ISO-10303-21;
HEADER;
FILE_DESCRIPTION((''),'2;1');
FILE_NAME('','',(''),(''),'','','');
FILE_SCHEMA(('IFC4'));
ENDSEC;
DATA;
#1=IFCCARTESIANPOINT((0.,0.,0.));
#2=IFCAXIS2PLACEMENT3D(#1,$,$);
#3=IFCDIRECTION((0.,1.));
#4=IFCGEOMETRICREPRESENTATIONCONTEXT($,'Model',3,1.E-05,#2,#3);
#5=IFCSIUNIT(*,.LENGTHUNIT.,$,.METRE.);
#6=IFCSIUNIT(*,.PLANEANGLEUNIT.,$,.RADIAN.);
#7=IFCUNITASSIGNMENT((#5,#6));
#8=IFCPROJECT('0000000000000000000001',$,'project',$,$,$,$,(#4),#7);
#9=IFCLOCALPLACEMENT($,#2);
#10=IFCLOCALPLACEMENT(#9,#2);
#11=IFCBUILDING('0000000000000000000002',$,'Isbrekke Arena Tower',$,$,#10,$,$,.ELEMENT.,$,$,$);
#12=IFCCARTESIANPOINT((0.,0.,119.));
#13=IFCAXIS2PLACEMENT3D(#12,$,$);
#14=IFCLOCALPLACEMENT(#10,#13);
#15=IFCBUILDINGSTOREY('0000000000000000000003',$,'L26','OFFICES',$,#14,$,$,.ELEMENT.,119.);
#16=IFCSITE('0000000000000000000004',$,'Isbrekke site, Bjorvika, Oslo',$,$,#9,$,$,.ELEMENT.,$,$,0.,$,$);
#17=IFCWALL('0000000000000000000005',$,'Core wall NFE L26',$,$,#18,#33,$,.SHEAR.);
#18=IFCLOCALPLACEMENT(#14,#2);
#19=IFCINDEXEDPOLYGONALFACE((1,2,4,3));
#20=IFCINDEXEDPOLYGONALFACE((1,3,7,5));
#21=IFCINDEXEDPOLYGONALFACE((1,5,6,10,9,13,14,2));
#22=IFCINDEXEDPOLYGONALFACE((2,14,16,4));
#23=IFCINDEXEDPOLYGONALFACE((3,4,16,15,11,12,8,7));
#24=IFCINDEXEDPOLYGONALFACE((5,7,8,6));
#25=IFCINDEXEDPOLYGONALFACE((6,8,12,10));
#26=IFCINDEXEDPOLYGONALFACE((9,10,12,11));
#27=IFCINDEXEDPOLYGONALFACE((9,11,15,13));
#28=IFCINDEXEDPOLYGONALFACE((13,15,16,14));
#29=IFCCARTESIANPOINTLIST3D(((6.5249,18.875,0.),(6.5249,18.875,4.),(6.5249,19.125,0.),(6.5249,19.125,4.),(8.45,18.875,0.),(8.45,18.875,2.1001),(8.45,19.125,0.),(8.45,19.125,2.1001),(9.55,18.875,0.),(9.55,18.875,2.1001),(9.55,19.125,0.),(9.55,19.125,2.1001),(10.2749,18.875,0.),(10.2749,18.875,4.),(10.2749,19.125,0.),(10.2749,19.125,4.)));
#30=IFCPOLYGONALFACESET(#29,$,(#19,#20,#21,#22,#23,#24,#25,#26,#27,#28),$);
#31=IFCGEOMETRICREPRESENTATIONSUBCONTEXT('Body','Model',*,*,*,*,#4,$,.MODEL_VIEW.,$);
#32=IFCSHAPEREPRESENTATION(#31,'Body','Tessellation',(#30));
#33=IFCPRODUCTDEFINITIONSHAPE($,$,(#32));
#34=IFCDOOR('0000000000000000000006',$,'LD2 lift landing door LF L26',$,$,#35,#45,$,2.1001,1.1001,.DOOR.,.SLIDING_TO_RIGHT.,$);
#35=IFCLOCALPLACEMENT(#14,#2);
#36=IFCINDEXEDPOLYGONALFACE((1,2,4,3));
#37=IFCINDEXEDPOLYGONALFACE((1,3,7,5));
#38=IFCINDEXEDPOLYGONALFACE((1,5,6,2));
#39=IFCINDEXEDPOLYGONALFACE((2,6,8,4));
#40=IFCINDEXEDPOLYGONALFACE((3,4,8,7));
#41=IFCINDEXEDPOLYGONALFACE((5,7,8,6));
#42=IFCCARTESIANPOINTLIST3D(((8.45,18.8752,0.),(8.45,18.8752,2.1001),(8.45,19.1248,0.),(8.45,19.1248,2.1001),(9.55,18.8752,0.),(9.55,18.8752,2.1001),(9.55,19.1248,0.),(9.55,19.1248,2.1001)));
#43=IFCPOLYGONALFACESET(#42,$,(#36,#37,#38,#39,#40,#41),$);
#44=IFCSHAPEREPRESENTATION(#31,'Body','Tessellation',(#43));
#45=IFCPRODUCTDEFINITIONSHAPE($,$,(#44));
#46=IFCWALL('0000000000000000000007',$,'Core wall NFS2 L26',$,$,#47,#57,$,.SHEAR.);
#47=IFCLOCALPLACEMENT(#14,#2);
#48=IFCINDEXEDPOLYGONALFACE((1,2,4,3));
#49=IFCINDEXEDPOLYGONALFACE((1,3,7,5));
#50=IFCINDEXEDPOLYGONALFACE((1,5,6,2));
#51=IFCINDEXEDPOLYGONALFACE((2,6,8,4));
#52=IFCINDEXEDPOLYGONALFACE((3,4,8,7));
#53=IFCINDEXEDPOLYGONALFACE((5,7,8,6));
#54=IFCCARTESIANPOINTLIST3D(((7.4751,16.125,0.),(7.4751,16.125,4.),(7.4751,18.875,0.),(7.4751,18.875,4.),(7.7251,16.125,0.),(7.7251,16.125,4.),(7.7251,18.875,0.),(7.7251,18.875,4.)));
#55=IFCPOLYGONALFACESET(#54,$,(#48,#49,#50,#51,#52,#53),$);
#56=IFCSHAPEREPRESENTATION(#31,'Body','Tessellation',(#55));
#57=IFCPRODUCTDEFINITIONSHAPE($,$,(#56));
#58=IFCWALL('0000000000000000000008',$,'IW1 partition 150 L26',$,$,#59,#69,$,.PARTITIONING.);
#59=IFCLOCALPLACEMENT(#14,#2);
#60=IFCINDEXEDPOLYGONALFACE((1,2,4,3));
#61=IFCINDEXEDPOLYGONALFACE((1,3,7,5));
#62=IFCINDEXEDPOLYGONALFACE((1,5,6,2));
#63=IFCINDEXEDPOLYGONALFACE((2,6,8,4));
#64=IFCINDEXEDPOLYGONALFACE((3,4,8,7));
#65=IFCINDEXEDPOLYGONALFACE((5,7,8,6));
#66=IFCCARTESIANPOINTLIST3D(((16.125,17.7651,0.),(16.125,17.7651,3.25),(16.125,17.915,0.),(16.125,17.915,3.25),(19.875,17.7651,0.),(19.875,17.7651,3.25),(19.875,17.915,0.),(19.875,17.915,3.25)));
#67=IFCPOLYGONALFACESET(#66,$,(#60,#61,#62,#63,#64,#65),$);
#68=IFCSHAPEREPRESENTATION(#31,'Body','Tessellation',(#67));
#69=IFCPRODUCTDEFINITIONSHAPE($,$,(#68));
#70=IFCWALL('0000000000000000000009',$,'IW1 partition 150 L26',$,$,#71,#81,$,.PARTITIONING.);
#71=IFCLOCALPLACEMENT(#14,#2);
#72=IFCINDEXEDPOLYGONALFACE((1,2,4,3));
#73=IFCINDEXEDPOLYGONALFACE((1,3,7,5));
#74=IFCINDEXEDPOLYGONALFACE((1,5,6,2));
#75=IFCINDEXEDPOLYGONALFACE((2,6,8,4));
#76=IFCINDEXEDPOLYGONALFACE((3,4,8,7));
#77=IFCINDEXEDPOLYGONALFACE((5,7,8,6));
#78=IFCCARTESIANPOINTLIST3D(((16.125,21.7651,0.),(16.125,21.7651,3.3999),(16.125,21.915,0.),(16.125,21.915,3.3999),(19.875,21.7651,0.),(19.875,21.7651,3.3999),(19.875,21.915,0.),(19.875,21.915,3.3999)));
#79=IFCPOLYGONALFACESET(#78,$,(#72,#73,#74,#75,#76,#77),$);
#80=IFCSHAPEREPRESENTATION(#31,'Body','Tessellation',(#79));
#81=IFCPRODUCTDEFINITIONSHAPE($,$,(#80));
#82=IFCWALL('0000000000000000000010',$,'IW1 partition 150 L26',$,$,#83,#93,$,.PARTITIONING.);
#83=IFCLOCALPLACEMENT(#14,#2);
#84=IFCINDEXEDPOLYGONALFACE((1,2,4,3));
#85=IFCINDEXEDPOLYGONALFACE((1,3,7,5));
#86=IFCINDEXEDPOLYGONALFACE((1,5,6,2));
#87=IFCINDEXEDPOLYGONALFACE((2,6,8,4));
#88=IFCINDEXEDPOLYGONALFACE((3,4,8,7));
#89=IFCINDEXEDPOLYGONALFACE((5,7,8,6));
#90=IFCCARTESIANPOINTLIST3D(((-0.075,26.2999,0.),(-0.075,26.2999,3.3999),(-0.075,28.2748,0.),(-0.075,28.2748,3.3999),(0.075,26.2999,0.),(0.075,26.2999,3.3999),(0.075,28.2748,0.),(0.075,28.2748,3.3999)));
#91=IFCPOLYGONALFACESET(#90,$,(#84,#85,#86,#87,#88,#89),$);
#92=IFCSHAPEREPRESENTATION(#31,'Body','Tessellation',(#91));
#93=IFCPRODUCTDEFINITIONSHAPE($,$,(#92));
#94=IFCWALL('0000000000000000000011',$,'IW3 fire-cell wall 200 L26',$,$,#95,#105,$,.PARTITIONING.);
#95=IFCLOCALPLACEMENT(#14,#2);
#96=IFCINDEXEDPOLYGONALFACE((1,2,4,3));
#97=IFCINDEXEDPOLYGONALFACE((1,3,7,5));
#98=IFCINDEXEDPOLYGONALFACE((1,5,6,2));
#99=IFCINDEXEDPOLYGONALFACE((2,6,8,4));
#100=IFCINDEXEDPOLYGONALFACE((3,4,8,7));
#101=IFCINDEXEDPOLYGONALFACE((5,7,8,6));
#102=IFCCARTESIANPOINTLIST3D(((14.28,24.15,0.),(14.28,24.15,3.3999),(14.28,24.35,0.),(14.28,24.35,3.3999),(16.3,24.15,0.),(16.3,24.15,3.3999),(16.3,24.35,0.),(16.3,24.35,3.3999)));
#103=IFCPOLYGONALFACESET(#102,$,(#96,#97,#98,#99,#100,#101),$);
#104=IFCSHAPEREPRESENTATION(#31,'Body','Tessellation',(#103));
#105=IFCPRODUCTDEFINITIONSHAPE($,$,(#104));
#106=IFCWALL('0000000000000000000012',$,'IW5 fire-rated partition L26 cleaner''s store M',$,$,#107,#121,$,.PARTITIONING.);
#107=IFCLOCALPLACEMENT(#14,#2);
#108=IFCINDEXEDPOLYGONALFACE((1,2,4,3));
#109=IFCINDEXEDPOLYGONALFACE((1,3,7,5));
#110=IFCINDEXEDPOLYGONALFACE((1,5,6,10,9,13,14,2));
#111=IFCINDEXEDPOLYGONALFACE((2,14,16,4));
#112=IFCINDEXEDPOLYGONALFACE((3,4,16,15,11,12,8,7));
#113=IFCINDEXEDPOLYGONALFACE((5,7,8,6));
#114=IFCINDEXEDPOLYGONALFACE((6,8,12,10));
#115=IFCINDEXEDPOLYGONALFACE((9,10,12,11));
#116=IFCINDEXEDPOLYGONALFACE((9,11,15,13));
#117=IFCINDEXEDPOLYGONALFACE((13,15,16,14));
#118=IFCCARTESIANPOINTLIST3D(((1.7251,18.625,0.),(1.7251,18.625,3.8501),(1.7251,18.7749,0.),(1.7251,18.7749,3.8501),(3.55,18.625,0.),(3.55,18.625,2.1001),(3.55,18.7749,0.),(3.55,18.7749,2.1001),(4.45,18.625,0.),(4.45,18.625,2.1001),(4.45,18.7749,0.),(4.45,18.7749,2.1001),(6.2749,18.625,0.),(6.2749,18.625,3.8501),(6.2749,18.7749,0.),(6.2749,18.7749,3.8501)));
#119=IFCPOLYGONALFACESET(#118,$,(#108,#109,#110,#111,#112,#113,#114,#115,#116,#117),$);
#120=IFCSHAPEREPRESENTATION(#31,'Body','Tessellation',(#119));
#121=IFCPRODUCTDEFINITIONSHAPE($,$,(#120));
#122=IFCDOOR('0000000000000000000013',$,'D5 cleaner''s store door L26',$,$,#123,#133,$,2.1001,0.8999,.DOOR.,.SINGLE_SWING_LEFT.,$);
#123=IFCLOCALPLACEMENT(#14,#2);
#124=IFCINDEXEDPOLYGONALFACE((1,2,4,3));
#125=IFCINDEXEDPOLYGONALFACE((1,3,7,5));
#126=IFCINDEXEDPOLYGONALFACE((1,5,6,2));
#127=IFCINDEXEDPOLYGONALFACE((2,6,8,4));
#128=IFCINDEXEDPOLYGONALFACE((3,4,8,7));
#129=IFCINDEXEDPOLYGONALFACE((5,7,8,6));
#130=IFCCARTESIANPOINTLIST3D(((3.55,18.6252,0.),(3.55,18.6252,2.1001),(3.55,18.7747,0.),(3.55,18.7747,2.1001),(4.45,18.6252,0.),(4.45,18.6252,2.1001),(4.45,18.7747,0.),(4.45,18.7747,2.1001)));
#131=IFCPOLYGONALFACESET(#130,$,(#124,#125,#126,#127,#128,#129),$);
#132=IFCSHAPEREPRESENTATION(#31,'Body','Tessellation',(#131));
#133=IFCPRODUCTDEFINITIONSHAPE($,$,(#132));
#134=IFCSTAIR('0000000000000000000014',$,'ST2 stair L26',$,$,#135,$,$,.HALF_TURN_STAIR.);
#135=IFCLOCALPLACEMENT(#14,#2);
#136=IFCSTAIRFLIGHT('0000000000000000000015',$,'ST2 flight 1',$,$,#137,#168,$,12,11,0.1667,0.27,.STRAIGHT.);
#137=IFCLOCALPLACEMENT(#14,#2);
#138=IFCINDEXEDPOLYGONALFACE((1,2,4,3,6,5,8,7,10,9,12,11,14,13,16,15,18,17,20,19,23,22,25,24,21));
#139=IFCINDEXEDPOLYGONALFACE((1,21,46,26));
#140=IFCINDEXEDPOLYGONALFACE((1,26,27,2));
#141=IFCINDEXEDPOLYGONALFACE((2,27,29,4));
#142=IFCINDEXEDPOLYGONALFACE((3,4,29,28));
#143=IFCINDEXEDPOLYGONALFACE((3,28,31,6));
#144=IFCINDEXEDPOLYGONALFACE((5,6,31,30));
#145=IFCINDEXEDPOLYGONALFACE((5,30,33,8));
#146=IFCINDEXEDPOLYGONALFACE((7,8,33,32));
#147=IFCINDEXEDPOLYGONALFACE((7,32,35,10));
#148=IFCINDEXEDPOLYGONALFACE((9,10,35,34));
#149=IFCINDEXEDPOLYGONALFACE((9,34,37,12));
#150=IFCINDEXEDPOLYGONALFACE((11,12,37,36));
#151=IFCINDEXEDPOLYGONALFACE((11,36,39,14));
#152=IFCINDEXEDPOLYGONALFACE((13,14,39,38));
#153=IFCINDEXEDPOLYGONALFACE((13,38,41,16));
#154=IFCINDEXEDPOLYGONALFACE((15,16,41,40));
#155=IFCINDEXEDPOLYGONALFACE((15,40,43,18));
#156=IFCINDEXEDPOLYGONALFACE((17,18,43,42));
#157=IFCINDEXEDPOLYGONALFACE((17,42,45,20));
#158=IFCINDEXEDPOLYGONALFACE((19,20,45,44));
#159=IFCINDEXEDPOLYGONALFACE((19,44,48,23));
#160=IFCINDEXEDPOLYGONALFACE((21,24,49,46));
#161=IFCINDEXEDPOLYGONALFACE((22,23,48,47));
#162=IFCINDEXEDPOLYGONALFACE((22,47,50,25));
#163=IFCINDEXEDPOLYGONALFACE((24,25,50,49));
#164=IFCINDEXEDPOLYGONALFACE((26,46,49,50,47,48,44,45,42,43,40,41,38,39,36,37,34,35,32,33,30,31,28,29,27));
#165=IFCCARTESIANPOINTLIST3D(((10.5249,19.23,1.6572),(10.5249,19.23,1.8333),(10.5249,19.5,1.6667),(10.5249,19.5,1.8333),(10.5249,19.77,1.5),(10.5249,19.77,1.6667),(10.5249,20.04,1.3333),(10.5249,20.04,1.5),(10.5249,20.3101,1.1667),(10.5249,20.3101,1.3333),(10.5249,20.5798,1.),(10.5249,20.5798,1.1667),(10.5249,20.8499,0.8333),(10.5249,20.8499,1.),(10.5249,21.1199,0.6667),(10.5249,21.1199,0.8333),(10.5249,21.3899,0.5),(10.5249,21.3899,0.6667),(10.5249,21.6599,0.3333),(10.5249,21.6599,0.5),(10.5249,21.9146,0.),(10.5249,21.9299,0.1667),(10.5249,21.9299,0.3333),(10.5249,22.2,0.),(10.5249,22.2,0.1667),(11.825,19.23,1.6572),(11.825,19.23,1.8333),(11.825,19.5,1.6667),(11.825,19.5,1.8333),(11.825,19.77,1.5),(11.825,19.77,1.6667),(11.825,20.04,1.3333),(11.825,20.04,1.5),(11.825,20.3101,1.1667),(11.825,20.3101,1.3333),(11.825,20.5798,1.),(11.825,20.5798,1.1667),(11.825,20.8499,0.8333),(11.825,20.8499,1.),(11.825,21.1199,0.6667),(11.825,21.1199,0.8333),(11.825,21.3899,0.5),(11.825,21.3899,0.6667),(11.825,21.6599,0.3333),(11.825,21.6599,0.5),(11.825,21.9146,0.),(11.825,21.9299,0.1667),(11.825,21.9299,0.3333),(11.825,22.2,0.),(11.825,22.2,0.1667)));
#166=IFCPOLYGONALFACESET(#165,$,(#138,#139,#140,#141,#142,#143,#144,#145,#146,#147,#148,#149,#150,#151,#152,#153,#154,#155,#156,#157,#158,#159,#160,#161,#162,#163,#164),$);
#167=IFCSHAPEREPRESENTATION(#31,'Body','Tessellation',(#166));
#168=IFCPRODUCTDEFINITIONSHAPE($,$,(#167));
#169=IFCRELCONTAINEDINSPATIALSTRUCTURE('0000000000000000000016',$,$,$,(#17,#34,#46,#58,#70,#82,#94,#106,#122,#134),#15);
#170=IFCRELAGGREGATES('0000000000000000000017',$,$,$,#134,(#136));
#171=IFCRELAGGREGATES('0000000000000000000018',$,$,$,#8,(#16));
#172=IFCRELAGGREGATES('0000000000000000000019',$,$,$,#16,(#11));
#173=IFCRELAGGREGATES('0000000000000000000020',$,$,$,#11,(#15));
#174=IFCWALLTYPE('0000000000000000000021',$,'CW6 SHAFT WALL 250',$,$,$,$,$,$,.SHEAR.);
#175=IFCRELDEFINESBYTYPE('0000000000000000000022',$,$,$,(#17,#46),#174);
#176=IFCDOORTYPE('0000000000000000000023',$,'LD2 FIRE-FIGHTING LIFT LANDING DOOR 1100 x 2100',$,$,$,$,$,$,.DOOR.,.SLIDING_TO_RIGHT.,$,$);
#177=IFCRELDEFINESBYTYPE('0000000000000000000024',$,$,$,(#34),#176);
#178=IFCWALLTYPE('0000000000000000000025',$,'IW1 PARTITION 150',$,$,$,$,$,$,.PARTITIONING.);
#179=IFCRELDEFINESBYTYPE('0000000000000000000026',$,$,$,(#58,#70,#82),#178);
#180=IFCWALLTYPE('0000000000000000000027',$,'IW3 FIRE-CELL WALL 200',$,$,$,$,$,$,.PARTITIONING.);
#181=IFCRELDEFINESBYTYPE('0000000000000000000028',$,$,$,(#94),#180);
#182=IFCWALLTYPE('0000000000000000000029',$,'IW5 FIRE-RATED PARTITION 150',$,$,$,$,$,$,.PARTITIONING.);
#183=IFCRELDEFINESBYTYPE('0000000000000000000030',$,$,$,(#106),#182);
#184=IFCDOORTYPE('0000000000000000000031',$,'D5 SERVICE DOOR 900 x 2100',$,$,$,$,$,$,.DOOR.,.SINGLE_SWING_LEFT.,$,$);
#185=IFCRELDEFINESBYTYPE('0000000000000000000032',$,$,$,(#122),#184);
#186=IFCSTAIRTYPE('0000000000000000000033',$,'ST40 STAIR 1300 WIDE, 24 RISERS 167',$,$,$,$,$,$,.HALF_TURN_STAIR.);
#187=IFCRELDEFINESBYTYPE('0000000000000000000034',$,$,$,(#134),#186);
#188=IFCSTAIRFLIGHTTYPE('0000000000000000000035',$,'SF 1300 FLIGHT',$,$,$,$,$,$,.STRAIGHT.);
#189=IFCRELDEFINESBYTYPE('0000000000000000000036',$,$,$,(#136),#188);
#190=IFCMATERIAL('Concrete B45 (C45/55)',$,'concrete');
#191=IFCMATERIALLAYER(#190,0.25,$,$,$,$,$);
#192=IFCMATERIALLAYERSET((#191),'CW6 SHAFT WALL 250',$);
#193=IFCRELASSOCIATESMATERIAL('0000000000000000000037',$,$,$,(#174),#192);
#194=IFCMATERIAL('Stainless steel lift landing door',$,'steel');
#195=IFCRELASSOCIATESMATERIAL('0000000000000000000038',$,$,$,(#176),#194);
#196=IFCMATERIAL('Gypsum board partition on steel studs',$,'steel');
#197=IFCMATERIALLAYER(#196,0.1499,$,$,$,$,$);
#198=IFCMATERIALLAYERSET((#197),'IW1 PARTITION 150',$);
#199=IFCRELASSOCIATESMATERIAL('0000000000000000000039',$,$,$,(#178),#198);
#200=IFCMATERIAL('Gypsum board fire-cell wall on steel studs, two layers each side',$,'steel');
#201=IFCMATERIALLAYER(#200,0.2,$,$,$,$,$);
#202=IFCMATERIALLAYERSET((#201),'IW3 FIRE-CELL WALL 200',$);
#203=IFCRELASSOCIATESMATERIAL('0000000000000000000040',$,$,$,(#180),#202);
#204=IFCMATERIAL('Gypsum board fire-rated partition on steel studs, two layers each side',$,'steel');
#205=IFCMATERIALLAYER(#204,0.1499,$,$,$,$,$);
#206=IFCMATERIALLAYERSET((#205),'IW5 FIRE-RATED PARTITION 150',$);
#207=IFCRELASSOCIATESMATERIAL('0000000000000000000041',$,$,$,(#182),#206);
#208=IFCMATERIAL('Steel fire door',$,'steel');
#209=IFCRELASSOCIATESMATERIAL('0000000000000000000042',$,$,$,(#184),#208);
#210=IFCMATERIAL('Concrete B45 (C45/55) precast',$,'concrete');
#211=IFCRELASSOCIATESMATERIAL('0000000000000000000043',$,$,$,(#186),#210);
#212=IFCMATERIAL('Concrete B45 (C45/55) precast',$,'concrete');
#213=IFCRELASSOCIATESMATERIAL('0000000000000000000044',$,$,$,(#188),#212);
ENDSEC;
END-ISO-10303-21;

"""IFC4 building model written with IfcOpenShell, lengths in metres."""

from ifc_helpers import new_model, si_unit, direction, frame, frame_2d, origin, place, context, subcontext, project, spatial, polyline, rectangle, outline, extrude, material, layer, layer_set, type_object, element, fill, aggregate, save


model = new_model("IFC4")

# Units and contexts
model_context = context("Model", 3, precision=1e-05, world=origin(), true_north=direction((0.0, 1.0)))
body_context = subcontext(model_context, "Body", "Model", "MODEL_VIEW")
ifc_project = project(units=[si_unit("LENGTHUNIT", "METRE"), si_unit("PLANEANGLEUNIT", "RADIAN")], contexts=[model_context])

# Site, building, storey
site_placement = place(None, origin())
site = spatial("IfcSite", under=ifc_project, at=site_placement, Name="Isbrekke site, Bjorvika, Oslo", CompositionType="ELEMENT", RefElevation=0.0)
building_placement = place(site_placement, origin())
building = spatial("IfcBuilding", under=site, at=building_placement, Name="Isbrekke Arena Tower", CompositionType="ELEMENT")
storey_placement = place(building_placement, frame((0.0, 0.0, 119.0)))
storey = spatial("IfcBuildingStorey", under=building, at=storey_placement, Name="L26", Description="OFFICES", CompositionType="ELEMENT", Elevation=119.0)

# Shared definitions
ifc_material_1 = material(Name="Concrete B45 (C45/55)", Category="concrete")
ifc_layer_1 = layer(ifc_material_1, 0.25)
ifc_layer_set_1 = layer_set([ifc_layer_1], Name="CW6 SHAFT WALL 250")
wall_type_1 = type_object("IfcWallType", Name="CW6 SHAFT WALL 250", PredefinedType="SHEAR", material=ifc_layer_set_1)

# Wall, opening, door
wall_1_placement = place(storey_placement, frame((6.5249, 19.0, 0.0), z_axis=(0.0, 0.0, 1.0), x_axis=(1.0, 0.0, 0.0)))
wall_1 = element("IfcWall", 1, at=wall_1_placement, inside=storey, type_object=wall_type_1, Name="Core wall NFE L26", PredefinedType="SHEAR", context=body_context, shape_type="SweptSolid", body=[
    extrude(rectangle(XDim=3.75, YDim=0.25, at=frame_2d((1.875, 0.0))), origin(), (0.0, 0.0, 1.0), 4.0),
])
opening_1_placement = place(wall_1_placement, frame((1.925, 0.0, 0.0)))
opening_1 = element("IfcOpeningElement", 2, at=opening_1_placement, cuts=wall_1, PredefinedType="OPENING", context=body_context, shape_type="SweptSolid", body=[
    extrude(rectangle(XDim=1.1001, YDim=2.1001, at=frame_2d((0.55, 1.05))), frame((0.0, 0.1399, 0.0), z_axis=(0.0, -1.0, 0.0), x_axis=(1.0, 0.0, 0.0)), (0.0, 0.0, 1.0), 0.2798),
])
ifc_material_2 = material(Name="Stainless steel lift landing door", Category="steel")
door_type_1 = type_object("IfcDoorType", Name="LD2 FIRE-FIGHTING LIFT LANDING DOOR 1100 x 2100", OperationType="SLIDING_TO_RIGHT", PredefinedType="DOOR", material=ifc_material_2)
door_1_placement = place(opening_1_placement, origin())
door_1 = element("IfcDoor", 3, at=door_1_placement, inside=storey, type_object=door_type_1, Name="LD2 lift landing door LF L26", OperationType="SLIDING_TO_RIGHT", OverallHeight=2.1001, OverallWidth=1.1001, PredefinedType="DOOR", context=body_context, shape_type="SweptSolid", body=[
    extrude(rectangle(XDim=1.1001, YDim=2.1001, at=frame_2d((0.55, 1.05))), frame((0.0, 0.1248, 0.0), z_axis=(0.0, -1.0, 0.0), x_axis=(1.0, 0.0, 0.0)), (0.0, 0.0, 1.0), 0.2495),
])
fill(opening_1, door_1)

# Walls
wall_2_placement = place(storey_placement, frame((7.6001, 16.125, 0.0), z_axis=(0.0, 0.0, 1.0), x_axis=(0.0, 1.0, 0.0)))
element("IfcWall", 4, at=wall_2_placement, inside=storey, type_object=wall_type_1, Name="Core wall NFS2 L26", PredefinedType="SHEAR", context=body_context, shape_type="SweptSolid", body=[
    extrude(rectangle(XDim=2.75, YDim=0.25, at=frame_2d((1.375, 0.0))), origin(), (0.0, 0.0, 1.0), 4.0),
])
ifc_material_3 = material(Name="Gypsum board partition on steel studs", Category="steel")
ifc_layer_2 = layer(ifc_material_3, 0.1499)
ifc_layer_set_2 = layer_set([ifc_layer_2], Name="IW1 PARTITION 150")
wall_type_2 = type_object("IfcWallType", Name="IW1 PARTITION 150", PredefinedType="PARTITIONING", material=ifc_layer_set_2)
wall_3_placement = place(storey_placement, frame((16.125, 17.8401, 0.0), z_axis=(0.0, 0.0, 1.0), x_axis=(1.0, 0.0, 0.0)))
element("IfcWall", 5, at=wall_3_placement, inside=storey, type_object=wall_type_2, Name="IW1 partition 150 L26", PredefinedType="PARTITIONING", context=body_context, shape_type="SweptSolid", body=[
    extrude(rectangle(XDim=3.75, YDim=0.1499, at=frame_2d((1.875, 0.0))), origin(), (0.0, 0.0, 1.0), 3.25),
])
wall_4_placement = place(storey_placement, frame((16.125, 21.8401, 0.0), z_axis=(0.0, 0.0, 1.0), x_axis=(1.0, 0.0, 0.0)))
element("IfcWall", 6, at=wall_4_placement, inside=storey, type_object=wall_type_2, Name="IW1 partition 150 L26", PredefinedType="PARTITIONING", context=body_context, shape_type="SweptSolid", body=[
    extrude(rectangle(XDim=3.75, YDim=0.1499, at=frame_2d((1.875, 0.0))), origin(), (0.0, 0.0, 1.0), 3.3999),
])
wall_5_placement = place(storey_placement, frame((0.0, 26.3, 0.0), z_axis=(0.0, 0.0, 1.0), x_axis=(0.0, 1.0, 0.0)))
element("IfcWall", 7, at=wall_5_placement, inside=storey, type_object=wall_type_2, Name="IW1 partition 150 L26", PredefinedType="PARTITIONING", context=body_context, shape_type="SweptSolid", body=[
    extrude(rectangle(XDim=1.9749, YDim=0.1499, at=frame_2d((0.9873, 0.0))), origin(), (0.0, 0.0, 1.0), 3.3999),
])
ifc_material_4 = material(Name="Gypsum board fire-cell wall on steel studs, two layers each side", Category="steel")
ifc_layer_3 = layer(ifc_material_4, 0.2)
ifc_layer_set_3 = layer_set([ifc_layer_3], Name="IW3 FIRE-CELL WALL 200")
wall_type_3 = type_object("IfcWallType", Name="IW3 FIRE-CELL WALL 200", PredefinedType="PARTITIONING", material=ifc_layer_set_3)
wall_6_placement = place(storey_placement, frame((14.28, 24.25, 0.0), z_axis=(0.0, 0.0, 1.0), x_axis=(1.0, 0.0, 0.0)))
element("IfcWall", 8, at=wall_6_placement, inside=storey, type_object=wall_type_3, Name="IW3 fire-cell wall 200 L26", PredefinedType="PARTITIONING", context=body_context, shape_type="SweptSolid", body=[
    extrude(rectangle(XDim=2.02, YDim=0.2, at=frame_2d((1.01, 0.0))), origin(), (0.0, 0.0, 1.0), 3.3999),
])

# Wall, opening, door
ifc_material_5 = material(Name="Gypsum board fire-rated partition on steel studs, two layers each side", Category="steel")
ifc_layer_4 = layer(ifc_material_5, 0.1499)
ifc_layer_set_4 = layer_set([ifc_layer_4], Name="IW5 FIRE-RATED PARTITION 150")
wall_type_4 = type_object("IfcWallType", Name="IW5 FIRE-RATED PARTITION 150", PredefinedType="PARTITIONING", material=ifc_layer_set_4)
wall_7_placement = place(storey_placement, frame((1.7251, 18.7, 0.0), z_axis=(0.0, 0.0, 1.0), x_axis=(1.0, 0.0, 0.0)))
wall_7 = element("IfcWall", 9, at=wall_7_placement, inside=storey, type_object=wall_type_4, Name="IW5 fire-rated partition L26 cleaner's store M", PredefinedType="PARTITIONING", context=body_context, shape_type="SweptSolid", body=[
    extrude(rectangle(XDim=4.5498, YDim=0.1499, at=frame_2d((2.2749, 0.0))), origin(), (0.0, 0.0, 1.0), 3.8501),
])
opening_2_placement = place(wall_7_placement, frame((1.825, 0.0, 0.0)))
opening_2 = element("IfcOpeningElement", 10, at=opening_2_placement, cuts=wall_7, PredefinedType="OPENING", context=body_context, shape_type="SweptSolid", body=[
    extrude(rectangle(XDim=0.8999, YDim=2.1001, at=frame_2d((0.45, 1.05))), frame((0.0, 0.0898, 0.0), z_axis=(0.0, -1.0, 0.0), x_axis=(1.0, 0.0, 0.0)), (0.0, 0.0, 1.0), 0.1797),
])
ifc_material_6 = material(Name="Steel fire door", Category="steel")
door_type_2 = type_object("IfcDoorType", Name="D5 SERVICE DOOR 900 x 2100", OperationType="SINGLE_SWING_LEFT", PredefinedType="DOOR", material=ifc_material_6)
door_2_placement = place(opening_2_placement, origin())
door_2 = element("IfcDoor", 11, at=door_2_placement, inside=storey, type_object=door_type_2, Name="D5 cleaner's store door L26", OperationType="SINGLE_SWING_LEFT", OverallHeight=2.1001, OverallWidth=0.8999, PredefinedType="DOOR", context=body_context, shape_type="SweptSolid", body=[
    extrude(rectangle(XDim=0.8999, YDim=2.1001, at=frame_2d((0.45, 1.05))), frame((0.0, 0.0747, 0.0), z_axis=(0.0, -1.0, 0.0), x_axis=(1.0, 0.0, 0.0)), (0.0, 0.0, 1.0), 0.1494),
])
fill(opening_2, door_2)

# Stair, stair flight
ifc_material_7 = material(Name="Concrete B45 (C45/55) precast", Category="concrete")
stair_type = type_object("IfcStairType", Name="ST40 STAIR 1300 WIDE, 24 RISERS 167", PredefinedType="HALF_TURN_STAIR", material=ifc_material_7)
stair_placement = place(storey_placement, origin())
stair = element("IfcStair", 12, at=stair_placement, inside=storey, type_object=stair_type, Name="ST2 stair L26", PredefinedType="HALF_TURN_STAIR")
ifc_material_8 = material(Name="Concrete B45 (C45/55) precast", Category="concrete")
stair_flight_type = type_object("IfcStairFlightType", Name="SF 1300 FLIGHT", PredefinedType="STRAIGHT", material=ifc_material_8)
stair_flight_1_placement = place(storey_placement, frame((11.175, 22.2, 0.0), z_axis=(0.0, 0.0, 1.0), x_axis=(0.0, -1.0, 0.0)))
stair_flight_1 = element("IfcStairFlight", 13, at=stair_flight_1_placement, type_object=stair_flight_type, Name="ST2 flight 1", NumberOfRisers=12, NumberOfTreads=11, PredefinedType="STRAIGHT", RiserHeight=0.1667, TreadLength=0.27, context=body_context, shape_type="SweptSolid", body=[
    extrude(outline(polyline([(0.0, 0.0), (0.0, 0.1667), (0.27, 0.1667), (0.27, 0.3333), (0.54, 0.3333), (0.54, 0.5), (0.8101, 0.5), (0.8101, 0.6667), (1.0801, 0.6667), (1.0801, 0.8333), (1.3501, 0.8333), (1.3501, 1.0), (1.6201, 1.0), (1.6201, 1.1667), (1.8899, 1.1667), (1.8899, 1.3333), (2.1599, 1.3333), (2.1599, 1.5), (2.4299, 1.5), (2.4299, 1.6667), (2.7, 1.6667), (2.7, 1.8333), (2.97, 1.8333), (2.97, 2.0), (2.97, 1.6572), (0.2854, 0.0), (0.0, 0.0)])), frame((0.0, 0.6499, 0.0), z_axis=(0.0, -1.0, 0.0), x_axis=(1.0, 0.0, 0.0)), (0.0, 0.0, 1.0), 1.3),
])
aggregate(stair, [stair_flight_1])

save(model, "model.ifc")
